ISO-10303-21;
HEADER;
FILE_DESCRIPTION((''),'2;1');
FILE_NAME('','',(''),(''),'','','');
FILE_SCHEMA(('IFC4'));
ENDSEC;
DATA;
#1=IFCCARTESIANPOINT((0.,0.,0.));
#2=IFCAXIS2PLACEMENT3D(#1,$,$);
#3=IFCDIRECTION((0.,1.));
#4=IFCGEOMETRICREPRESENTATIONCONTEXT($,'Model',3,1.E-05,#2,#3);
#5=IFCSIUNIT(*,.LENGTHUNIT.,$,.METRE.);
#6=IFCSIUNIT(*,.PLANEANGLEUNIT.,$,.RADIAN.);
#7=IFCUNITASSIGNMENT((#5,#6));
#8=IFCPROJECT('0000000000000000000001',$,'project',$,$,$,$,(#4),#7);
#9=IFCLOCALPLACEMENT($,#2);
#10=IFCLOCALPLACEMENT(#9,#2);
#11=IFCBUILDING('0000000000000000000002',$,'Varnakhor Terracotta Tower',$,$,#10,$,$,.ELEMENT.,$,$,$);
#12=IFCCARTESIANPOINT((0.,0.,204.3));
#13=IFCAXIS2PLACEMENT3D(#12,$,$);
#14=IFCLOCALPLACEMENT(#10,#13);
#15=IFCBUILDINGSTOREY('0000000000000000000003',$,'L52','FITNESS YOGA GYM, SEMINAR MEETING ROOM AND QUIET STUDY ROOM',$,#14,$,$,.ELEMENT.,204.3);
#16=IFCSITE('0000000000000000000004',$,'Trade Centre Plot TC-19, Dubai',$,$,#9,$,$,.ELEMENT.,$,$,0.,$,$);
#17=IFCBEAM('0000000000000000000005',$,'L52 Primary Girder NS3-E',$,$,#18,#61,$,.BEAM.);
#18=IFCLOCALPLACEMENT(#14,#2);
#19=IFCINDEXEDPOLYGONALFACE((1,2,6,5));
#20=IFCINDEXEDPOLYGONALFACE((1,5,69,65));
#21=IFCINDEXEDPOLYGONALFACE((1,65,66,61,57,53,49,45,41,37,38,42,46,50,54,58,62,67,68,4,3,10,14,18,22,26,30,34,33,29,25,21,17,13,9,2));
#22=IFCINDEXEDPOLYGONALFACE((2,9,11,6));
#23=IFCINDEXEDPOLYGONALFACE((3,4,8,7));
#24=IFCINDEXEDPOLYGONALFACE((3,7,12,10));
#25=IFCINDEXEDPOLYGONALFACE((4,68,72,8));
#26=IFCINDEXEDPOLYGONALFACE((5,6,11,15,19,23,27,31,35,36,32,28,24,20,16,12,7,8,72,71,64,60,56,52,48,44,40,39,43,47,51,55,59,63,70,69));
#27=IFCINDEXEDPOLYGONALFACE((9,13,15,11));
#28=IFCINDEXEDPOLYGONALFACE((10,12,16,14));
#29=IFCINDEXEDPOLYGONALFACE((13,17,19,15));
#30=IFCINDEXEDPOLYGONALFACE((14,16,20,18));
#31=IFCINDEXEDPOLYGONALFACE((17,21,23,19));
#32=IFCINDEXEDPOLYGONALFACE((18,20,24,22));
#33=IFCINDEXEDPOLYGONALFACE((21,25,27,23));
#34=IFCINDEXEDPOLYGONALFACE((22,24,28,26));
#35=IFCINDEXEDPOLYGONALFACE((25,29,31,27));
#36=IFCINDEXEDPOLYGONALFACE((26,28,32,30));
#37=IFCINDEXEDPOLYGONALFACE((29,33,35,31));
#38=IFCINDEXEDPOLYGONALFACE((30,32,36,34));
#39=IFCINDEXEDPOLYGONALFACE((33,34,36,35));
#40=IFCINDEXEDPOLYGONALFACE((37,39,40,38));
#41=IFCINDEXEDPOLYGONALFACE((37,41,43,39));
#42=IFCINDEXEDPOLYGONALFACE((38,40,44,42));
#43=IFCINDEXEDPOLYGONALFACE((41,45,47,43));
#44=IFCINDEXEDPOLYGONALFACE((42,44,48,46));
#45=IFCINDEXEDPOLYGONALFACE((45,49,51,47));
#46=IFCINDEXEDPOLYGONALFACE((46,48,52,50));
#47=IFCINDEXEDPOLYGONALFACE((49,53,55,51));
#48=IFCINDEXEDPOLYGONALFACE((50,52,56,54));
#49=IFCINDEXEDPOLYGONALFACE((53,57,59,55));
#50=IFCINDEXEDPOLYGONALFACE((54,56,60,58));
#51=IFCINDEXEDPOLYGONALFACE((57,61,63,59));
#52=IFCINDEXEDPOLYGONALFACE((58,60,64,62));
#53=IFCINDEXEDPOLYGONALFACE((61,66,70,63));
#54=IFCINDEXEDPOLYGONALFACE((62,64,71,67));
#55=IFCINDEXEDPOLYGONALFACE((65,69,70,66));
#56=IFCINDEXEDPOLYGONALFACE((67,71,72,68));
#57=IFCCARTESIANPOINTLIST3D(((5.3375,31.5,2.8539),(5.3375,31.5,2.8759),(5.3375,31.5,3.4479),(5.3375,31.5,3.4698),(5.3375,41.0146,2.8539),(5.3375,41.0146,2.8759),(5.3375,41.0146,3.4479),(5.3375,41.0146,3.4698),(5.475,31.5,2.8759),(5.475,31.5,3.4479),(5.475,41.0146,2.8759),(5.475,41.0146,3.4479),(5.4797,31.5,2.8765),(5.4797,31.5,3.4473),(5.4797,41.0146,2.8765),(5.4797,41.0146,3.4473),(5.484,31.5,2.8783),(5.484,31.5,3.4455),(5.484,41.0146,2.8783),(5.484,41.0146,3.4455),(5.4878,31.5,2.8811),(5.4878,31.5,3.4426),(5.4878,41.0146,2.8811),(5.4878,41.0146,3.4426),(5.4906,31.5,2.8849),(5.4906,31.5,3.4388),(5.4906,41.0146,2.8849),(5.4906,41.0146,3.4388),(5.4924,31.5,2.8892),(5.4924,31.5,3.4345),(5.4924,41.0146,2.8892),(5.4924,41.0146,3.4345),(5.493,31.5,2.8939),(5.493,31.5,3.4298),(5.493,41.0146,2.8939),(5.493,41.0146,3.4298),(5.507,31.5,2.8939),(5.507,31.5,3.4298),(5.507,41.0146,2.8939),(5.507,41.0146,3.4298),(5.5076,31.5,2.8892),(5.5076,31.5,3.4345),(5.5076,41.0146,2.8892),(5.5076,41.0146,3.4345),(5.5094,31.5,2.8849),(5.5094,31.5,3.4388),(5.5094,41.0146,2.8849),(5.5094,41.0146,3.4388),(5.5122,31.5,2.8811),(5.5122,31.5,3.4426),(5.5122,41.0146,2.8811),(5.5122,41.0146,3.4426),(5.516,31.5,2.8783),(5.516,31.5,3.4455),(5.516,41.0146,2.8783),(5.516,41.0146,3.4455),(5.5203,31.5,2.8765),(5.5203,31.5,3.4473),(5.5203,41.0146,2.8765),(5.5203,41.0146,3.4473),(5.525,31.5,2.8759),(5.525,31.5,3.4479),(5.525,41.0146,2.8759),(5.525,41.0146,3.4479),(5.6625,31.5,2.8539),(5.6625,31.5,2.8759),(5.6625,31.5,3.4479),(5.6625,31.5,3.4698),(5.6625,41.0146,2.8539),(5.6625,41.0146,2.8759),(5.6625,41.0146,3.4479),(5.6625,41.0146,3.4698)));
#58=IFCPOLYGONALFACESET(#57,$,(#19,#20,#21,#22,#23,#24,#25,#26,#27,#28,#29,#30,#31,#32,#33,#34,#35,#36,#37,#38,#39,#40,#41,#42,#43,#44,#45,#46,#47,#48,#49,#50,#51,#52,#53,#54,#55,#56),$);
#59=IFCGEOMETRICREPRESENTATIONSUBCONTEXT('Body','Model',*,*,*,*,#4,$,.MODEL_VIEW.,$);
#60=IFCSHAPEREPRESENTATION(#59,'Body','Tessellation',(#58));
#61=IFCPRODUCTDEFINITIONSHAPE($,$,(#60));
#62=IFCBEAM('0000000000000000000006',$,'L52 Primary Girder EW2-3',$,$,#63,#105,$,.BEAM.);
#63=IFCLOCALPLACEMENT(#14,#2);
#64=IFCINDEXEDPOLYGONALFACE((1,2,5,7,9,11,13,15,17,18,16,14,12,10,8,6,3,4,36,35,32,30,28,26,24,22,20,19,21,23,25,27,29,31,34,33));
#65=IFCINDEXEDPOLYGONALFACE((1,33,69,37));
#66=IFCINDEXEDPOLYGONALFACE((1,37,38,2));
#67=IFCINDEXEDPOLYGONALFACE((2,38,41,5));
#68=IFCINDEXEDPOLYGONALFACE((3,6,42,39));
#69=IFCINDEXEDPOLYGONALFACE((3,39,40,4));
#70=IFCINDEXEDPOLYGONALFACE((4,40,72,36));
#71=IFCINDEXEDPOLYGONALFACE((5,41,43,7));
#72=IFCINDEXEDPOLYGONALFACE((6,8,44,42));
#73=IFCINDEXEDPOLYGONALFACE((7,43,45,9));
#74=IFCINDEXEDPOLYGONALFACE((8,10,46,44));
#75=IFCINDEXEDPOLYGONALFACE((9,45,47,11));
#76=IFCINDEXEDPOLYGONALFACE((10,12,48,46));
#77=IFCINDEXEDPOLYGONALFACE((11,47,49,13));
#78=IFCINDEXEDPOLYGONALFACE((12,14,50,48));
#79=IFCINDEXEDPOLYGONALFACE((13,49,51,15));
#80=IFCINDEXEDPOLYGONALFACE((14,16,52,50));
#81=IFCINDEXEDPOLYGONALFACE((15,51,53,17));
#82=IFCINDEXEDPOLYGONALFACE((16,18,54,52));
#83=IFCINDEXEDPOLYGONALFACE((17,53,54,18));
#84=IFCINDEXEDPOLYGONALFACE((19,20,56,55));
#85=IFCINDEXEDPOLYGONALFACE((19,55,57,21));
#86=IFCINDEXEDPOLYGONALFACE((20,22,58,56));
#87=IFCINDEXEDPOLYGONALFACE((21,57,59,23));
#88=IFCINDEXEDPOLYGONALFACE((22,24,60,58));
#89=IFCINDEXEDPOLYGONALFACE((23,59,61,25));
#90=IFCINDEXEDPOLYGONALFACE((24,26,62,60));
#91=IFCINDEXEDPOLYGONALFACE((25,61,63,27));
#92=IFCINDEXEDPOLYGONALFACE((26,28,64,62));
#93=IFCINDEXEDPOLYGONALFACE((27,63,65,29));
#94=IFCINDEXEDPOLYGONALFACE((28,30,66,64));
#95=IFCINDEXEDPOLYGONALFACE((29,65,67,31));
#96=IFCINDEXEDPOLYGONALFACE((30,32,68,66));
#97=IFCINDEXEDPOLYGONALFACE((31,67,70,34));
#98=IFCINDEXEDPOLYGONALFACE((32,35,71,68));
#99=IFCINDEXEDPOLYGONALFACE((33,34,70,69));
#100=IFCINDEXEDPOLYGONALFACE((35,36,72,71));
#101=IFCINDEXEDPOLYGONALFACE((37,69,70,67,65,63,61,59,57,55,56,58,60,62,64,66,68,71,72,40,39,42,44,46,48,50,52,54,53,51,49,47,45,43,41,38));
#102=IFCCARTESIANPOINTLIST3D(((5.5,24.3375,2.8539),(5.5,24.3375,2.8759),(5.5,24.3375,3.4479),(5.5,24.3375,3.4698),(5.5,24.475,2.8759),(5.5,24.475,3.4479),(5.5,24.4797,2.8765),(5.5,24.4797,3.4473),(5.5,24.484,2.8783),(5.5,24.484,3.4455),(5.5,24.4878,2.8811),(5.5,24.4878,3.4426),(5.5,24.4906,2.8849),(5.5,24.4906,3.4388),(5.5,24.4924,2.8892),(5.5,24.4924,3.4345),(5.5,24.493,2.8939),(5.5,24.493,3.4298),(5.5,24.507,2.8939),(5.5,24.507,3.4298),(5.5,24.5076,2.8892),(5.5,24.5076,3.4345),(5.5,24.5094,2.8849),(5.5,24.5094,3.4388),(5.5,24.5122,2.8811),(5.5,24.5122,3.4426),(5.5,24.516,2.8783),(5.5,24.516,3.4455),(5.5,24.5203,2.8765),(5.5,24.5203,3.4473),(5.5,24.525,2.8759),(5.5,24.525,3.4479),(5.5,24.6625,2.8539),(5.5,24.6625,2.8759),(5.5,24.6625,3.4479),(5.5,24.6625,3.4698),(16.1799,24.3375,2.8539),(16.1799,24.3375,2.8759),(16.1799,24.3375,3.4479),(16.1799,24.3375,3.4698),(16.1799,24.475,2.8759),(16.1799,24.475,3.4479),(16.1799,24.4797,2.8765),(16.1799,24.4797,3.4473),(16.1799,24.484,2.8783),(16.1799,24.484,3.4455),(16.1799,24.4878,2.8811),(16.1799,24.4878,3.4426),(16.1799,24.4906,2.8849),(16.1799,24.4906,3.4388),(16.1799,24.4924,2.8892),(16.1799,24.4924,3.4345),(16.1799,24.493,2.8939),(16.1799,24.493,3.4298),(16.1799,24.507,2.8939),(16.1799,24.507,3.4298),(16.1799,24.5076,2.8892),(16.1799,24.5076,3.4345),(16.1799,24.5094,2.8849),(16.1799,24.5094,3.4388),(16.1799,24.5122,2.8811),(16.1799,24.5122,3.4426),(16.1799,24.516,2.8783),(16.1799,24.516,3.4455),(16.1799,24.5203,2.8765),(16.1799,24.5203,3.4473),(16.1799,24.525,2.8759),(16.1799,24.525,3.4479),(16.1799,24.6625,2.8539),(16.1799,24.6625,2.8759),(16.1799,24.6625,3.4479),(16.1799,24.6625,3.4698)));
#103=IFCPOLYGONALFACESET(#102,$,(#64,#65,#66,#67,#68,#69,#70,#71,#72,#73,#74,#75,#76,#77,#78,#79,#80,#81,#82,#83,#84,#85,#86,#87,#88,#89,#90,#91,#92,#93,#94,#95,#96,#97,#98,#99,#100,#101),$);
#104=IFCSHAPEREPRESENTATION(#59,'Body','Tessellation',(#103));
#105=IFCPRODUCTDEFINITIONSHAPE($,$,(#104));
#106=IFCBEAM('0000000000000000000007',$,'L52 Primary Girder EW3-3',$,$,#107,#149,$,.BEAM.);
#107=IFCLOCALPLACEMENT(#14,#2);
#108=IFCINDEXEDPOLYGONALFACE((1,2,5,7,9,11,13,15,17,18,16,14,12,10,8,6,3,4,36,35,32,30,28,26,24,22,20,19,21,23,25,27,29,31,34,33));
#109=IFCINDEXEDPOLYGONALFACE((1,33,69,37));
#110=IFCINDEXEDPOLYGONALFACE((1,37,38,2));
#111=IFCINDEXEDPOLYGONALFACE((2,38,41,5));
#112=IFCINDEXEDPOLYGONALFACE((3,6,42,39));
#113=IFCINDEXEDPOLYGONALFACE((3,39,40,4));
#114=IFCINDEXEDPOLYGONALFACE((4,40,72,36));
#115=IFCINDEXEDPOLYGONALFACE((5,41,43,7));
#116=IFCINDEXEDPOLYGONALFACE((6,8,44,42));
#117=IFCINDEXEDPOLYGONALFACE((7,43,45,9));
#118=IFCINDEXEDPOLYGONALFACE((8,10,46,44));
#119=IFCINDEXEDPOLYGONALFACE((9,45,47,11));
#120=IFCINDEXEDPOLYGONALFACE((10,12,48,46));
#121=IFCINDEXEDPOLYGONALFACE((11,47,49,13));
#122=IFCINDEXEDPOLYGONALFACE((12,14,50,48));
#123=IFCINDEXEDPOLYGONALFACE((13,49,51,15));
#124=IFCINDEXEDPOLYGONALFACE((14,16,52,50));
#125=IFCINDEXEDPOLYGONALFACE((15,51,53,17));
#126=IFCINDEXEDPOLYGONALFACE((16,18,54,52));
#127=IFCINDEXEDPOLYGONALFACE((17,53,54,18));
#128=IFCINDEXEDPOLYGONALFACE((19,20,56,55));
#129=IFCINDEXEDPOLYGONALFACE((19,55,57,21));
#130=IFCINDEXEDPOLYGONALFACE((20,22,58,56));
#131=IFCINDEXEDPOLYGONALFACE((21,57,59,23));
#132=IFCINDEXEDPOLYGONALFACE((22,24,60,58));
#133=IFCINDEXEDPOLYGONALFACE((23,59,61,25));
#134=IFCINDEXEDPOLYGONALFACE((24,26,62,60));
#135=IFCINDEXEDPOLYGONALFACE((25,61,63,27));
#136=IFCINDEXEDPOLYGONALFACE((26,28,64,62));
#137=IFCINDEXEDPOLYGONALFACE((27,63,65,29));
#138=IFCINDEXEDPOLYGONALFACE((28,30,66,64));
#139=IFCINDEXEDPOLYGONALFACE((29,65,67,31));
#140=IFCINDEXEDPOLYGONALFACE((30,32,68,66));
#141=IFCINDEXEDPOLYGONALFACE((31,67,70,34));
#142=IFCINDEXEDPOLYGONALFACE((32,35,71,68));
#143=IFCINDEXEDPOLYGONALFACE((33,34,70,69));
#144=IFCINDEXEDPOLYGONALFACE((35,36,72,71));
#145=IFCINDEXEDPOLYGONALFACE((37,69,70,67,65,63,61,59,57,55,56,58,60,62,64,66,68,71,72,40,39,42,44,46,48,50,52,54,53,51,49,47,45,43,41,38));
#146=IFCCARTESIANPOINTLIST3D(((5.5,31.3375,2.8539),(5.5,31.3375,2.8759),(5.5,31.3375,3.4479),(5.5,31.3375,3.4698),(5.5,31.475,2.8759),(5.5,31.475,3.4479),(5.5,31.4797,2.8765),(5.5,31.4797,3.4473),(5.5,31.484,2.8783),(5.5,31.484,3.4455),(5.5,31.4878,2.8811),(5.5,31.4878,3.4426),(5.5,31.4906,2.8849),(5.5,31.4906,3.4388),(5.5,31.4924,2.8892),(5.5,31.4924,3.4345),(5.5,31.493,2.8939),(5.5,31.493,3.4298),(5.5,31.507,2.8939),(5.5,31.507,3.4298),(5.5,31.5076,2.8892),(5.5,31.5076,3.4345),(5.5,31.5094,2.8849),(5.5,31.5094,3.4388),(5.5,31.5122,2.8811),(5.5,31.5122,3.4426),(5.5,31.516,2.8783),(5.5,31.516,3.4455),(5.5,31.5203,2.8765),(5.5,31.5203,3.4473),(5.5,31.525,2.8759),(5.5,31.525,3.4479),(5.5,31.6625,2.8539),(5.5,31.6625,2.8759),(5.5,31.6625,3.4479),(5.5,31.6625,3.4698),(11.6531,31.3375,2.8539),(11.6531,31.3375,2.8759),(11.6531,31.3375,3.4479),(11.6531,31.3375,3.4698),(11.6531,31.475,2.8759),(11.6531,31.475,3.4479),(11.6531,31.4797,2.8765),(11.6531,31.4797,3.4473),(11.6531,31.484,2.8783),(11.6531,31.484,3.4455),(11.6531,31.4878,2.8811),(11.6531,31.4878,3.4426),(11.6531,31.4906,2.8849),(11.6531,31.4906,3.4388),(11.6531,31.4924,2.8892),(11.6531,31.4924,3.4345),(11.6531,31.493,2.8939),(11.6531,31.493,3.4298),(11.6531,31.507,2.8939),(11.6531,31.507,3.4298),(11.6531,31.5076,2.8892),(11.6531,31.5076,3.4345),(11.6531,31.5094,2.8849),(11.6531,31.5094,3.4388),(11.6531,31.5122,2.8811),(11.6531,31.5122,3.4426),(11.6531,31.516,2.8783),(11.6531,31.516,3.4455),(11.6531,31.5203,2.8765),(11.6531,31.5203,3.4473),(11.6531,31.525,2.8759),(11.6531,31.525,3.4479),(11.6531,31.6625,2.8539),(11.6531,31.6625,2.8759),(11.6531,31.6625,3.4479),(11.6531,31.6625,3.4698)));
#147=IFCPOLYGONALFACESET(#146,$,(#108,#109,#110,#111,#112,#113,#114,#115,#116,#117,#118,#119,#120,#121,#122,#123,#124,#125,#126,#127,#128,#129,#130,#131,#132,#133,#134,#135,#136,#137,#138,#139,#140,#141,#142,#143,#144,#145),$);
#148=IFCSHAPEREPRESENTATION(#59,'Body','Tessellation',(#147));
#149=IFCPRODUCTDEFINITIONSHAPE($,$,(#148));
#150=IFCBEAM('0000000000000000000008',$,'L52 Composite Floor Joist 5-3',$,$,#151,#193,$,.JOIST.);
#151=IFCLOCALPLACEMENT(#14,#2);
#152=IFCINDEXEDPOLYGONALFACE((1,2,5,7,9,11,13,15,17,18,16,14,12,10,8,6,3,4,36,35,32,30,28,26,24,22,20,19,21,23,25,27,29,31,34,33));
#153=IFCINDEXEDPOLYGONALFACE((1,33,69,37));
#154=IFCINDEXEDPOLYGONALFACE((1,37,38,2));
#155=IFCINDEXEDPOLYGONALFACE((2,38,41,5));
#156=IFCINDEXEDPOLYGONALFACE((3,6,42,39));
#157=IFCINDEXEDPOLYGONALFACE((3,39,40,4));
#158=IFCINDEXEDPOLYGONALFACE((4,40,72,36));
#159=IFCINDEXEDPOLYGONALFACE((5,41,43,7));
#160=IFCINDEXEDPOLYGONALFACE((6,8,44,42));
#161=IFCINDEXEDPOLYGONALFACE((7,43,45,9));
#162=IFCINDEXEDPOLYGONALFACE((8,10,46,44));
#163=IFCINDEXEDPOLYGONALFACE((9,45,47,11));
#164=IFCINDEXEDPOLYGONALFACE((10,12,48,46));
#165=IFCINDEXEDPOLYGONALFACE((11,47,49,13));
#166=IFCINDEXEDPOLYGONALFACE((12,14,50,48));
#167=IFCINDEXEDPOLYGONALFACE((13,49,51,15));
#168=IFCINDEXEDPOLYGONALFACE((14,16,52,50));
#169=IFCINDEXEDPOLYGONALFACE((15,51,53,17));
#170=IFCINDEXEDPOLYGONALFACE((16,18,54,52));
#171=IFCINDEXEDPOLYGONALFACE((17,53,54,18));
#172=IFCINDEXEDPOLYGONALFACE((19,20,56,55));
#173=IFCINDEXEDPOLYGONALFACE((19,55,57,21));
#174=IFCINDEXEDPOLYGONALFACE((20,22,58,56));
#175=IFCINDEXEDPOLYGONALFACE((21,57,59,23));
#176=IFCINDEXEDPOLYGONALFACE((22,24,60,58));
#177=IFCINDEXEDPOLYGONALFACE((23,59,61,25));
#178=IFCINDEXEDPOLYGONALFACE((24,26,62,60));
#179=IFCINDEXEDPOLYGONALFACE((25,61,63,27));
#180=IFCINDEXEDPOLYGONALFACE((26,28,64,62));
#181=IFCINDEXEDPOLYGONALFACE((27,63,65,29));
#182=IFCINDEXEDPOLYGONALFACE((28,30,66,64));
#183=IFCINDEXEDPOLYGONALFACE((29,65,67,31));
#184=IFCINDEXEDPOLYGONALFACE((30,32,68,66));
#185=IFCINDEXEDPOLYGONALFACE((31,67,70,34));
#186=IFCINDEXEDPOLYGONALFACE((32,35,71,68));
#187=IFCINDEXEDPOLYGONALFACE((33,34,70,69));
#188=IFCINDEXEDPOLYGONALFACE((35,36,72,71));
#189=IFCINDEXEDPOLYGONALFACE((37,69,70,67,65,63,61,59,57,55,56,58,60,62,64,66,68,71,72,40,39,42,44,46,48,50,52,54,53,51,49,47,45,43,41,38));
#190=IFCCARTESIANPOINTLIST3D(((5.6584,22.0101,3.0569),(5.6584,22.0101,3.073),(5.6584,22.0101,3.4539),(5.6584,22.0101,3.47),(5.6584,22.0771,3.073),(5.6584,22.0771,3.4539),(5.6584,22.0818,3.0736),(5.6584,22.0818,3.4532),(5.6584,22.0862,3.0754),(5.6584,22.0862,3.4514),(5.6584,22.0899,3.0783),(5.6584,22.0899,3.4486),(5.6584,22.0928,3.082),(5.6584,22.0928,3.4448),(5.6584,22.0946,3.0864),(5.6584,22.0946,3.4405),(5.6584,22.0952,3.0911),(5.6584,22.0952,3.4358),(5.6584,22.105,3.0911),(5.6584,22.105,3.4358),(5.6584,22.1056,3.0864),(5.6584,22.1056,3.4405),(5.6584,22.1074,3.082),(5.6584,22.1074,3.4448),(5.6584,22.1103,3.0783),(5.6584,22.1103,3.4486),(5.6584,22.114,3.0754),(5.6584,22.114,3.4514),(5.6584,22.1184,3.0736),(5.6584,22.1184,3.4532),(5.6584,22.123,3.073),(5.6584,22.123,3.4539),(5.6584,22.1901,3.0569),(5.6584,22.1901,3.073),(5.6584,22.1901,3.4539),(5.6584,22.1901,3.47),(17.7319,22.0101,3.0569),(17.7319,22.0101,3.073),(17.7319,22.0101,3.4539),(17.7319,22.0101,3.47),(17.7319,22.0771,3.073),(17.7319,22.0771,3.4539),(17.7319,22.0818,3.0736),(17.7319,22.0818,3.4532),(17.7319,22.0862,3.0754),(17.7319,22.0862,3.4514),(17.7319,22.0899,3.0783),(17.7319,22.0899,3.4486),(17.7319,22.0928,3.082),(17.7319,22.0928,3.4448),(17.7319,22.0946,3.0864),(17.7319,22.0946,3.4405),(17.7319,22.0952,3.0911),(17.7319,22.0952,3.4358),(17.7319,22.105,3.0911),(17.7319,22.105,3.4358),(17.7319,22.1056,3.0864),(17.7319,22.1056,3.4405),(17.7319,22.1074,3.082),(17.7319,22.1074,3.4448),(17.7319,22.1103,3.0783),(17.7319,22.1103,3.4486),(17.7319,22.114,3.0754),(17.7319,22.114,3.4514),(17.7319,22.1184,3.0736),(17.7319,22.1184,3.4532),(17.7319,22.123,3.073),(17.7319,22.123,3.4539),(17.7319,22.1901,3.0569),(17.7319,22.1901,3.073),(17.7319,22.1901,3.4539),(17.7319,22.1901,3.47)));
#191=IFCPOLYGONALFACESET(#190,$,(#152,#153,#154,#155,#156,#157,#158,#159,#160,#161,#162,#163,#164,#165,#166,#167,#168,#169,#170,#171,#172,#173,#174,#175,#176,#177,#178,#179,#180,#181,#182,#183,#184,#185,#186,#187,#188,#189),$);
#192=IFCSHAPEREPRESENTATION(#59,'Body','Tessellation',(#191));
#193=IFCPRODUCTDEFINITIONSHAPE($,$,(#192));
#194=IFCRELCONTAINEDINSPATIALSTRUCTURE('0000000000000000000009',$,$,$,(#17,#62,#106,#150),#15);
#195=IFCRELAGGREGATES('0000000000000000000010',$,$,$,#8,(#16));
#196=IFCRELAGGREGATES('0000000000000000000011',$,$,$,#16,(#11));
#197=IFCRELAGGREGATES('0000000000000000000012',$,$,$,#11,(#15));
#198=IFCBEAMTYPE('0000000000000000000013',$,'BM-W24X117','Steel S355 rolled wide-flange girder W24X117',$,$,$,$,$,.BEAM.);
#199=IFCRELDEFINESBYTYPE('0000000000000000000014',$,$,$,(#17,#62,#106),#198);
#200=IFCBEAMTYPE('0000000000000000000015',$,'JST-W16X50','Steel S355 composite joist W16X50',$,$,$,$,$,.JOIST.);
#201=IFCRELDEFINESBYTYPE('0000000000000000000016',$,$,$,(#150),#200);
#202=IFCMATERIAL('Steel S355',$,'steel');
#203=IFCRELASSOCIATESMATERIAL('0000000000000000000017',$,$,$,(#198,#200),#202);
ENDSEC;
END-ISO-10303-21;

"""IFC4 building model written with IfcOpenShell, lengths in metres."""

from ifc_helpers import new_model, si_unit, direction, frame, origin, origin_2d, place, context, subcontext, project, spatial, i_section, extrude, source, transform, mapped, material, material_profile, profile_set, type_object, element, save


model = new_model("IFC4")

# Units and contexts
model_context = context("Model", 3, precision=1e-05, world=origin(), true_north=direction((0.0, 1.0)))
body_context = subcontext(model_context, "Body", "Model", "MODEL_VIEW")
ifc_project = project(units=[si_unit("LENGTHUNIT", "METRE"), si_unit("PLANEANGLEUNIT", "RADIAN")], contexts=[model_context])

# Site, building, storey
site_placement = place(None, origin())
site = spatial("IfcSite", under=ifc_project, at=site_placement, Name="Trade Centre Plot TC-19, Dubai", CompositionType="ELEMENT", RefElevation=0.0)
building_placement = place(site_placement, origin())
building = spatial("IfcBuilding", under=site, at=building_placement, Name="Varnakhor Terracotta Tower", CompositionType="ELEMENT")
storey_placement = place(building_placement, frame((0.0, 0.0, 204.3)))
storey = spatial("IfcBuildingStorey", under=building, at=storey_placement, Name="L52", Description="FITNESS YOGA GYM, SEMINAR MEETING ROOM AND QUIET STUDY ROOM", CompositionType="ELEMENT", Elevation=204.3)

# Beams
ifc_material_1 = material(Name="Steel S355", Category="steel")
ifc_material_profile_1 = material_profile(ifc_material_1, i_section(OverallWidth=0.325, OverallDepth=0.616, WebThickness=0.0139, FlangeThickness=0.022, FilletRadius=0.0181, at=origin_2d()), Name="W24X117")
ifc_profile_set_1 = profile_set([ifc_material_profile_1], Name="Steel S355")
beam_type_1 = type_object("IfcBeamType", Name="BM-W24X117", Description="Steel S355 rolled wide-flange girder W24X117", PredefinedType="BEAM", material=ifc_profile_set_1)
shared_shape_1 = source(origin(), body_context, "Body", "SweptSolid", [
    extrude(i_section(OverallWidth=0.325, OverallDepth=0.616, WebThickness=0.0139, FlangeThickness=0.022, FilletRadius=0.0181, at=origin_2d()), origin(), (0.0, 0.0, 1.0), 9.5146),
])
beam_1_placement = place(storey_placement, frame((5.5, 31.5, 3.1619), z_axis=(0.0, 1.0, 0.0), x_axis=(-1.0, 0.0, 0.0)))
element("IfcBeam", 1, at=beam_1_placement, inside=storey, type_object=beam_type_1, Name="L52 Primary Girder NS3-E", PredefinedType="BEAM", context=body_context, shape_type="MappedRepresentation", body=[
    mapped(shared_shape_1, transform((0.0, 0.0, 0.0), scale=1.0)),
])
shared_shape_2 = source(origin(), body_context, "Body", "SweptSolid", [
    extrude(i_section(OverallWidth=0.325, OverallDepth=0.616, WebThickness=0.0139, FlangeThickness=0.022, FilletRadius=0.0181, at=origin_2d()), origin(), (0.0, 0.0, 1.0), 10.6799),
])
beam_2_placement = place(storey_placement, frame((5.5, 24.5, 3.1619), z_axis=(1.0, 0.0, 0.0), x_axis=(0.0, 1.0, 0.0)))
element("IfcBeam", 2, at=beam_2_placement, inside=storey, type_object=beam_type_1, Name="L52 Primary Girder EW2-3", PredefinedType="BEAM", context=body_context, shape_type="MappedRepresentation", body=[
    mapped(shared_shape_2, transform((0.0, 0.0, 0.0), scale=1.0)),
])
shared_shape_3 = source(origin(), body_context, "Body", "SweptSolid", [
    extrude(i_section(OverallWidth=0.325, OverallDepth=0.616, WebThickness=0.0139, FlangeThickness=0.022, FilletRadius=0.0181, at=origin_2d()), origin(), (0.0, 0.0, 1.0), 6.1531),
])
beam_3_placement = place(storey_placement, frame((5.5, 31.5, 3.1619), z_axis=(1.0, 0.0, 0.0), x_axis=(0.0, 1.0, 0.0)))
element("IfcBeam", 3, at=beam_3_placement, inside=storey, type_object=beam_type_1, Name="L52 Primary Girder EW3-3", PredefinedType="BEAM", context=body_context, shape_type="MappedRepresentation", body=[
    mapped(shared_shape_3, transform((0.0, 0.0, 0.0), scale=1.0)),
])
ifc_material_profile_2 = material_profile(ifc_material_1, i_section(OverallWidth=0.1799, OverallDepth=0.4131, WebThickness=0.0098, FlangeThickness=0.0161, FilletRadius=0.0181, at=origin_2d()), Name="W16X50")
ifc_profile_set_2 = profile_set([ifc_material_profile_2], Name="Steel S355")
beam_type_2 = type_object("IfcBeamType", Name="JST-W16X50", Description="Steel S355 composite joist W16X50", PredefinedType="JOIST", material=ifc_profile_set_2)
shared_shape_4 = source(origin(), body_context, "Body", "SweptSolid", [
    extrude(i_section(OverallWidth=0.1799, OverallDepth=0.4131, WebThickness=0.0098, FlangeThickness=0.0161, FilletRadius=0.0181, at=origin_2d()), origin(), (0.0, 0.0, 1.0), 12.0735),
])
beam_4_placement = place(storey_placement, frame((5.6584, 22.1001, 3.2634), z_axis=(1.0, 0.0, 0.0), x_axis=(0.0, 1.0, 0.0)))
element("IfcBeam", 4, at=beam_4_placement, inside=storey, type_object=beam_type_2, Name="L52 Composite Floor Joist 5-3", PredefinedType="JOIST", context=body_context, shape_type="MappedRepresentation", body=[
    mapped(shared_shape_4, transform((0.0, 0.0, 0.0), scale=1.0)),
])

save(model, "model.ifc")
